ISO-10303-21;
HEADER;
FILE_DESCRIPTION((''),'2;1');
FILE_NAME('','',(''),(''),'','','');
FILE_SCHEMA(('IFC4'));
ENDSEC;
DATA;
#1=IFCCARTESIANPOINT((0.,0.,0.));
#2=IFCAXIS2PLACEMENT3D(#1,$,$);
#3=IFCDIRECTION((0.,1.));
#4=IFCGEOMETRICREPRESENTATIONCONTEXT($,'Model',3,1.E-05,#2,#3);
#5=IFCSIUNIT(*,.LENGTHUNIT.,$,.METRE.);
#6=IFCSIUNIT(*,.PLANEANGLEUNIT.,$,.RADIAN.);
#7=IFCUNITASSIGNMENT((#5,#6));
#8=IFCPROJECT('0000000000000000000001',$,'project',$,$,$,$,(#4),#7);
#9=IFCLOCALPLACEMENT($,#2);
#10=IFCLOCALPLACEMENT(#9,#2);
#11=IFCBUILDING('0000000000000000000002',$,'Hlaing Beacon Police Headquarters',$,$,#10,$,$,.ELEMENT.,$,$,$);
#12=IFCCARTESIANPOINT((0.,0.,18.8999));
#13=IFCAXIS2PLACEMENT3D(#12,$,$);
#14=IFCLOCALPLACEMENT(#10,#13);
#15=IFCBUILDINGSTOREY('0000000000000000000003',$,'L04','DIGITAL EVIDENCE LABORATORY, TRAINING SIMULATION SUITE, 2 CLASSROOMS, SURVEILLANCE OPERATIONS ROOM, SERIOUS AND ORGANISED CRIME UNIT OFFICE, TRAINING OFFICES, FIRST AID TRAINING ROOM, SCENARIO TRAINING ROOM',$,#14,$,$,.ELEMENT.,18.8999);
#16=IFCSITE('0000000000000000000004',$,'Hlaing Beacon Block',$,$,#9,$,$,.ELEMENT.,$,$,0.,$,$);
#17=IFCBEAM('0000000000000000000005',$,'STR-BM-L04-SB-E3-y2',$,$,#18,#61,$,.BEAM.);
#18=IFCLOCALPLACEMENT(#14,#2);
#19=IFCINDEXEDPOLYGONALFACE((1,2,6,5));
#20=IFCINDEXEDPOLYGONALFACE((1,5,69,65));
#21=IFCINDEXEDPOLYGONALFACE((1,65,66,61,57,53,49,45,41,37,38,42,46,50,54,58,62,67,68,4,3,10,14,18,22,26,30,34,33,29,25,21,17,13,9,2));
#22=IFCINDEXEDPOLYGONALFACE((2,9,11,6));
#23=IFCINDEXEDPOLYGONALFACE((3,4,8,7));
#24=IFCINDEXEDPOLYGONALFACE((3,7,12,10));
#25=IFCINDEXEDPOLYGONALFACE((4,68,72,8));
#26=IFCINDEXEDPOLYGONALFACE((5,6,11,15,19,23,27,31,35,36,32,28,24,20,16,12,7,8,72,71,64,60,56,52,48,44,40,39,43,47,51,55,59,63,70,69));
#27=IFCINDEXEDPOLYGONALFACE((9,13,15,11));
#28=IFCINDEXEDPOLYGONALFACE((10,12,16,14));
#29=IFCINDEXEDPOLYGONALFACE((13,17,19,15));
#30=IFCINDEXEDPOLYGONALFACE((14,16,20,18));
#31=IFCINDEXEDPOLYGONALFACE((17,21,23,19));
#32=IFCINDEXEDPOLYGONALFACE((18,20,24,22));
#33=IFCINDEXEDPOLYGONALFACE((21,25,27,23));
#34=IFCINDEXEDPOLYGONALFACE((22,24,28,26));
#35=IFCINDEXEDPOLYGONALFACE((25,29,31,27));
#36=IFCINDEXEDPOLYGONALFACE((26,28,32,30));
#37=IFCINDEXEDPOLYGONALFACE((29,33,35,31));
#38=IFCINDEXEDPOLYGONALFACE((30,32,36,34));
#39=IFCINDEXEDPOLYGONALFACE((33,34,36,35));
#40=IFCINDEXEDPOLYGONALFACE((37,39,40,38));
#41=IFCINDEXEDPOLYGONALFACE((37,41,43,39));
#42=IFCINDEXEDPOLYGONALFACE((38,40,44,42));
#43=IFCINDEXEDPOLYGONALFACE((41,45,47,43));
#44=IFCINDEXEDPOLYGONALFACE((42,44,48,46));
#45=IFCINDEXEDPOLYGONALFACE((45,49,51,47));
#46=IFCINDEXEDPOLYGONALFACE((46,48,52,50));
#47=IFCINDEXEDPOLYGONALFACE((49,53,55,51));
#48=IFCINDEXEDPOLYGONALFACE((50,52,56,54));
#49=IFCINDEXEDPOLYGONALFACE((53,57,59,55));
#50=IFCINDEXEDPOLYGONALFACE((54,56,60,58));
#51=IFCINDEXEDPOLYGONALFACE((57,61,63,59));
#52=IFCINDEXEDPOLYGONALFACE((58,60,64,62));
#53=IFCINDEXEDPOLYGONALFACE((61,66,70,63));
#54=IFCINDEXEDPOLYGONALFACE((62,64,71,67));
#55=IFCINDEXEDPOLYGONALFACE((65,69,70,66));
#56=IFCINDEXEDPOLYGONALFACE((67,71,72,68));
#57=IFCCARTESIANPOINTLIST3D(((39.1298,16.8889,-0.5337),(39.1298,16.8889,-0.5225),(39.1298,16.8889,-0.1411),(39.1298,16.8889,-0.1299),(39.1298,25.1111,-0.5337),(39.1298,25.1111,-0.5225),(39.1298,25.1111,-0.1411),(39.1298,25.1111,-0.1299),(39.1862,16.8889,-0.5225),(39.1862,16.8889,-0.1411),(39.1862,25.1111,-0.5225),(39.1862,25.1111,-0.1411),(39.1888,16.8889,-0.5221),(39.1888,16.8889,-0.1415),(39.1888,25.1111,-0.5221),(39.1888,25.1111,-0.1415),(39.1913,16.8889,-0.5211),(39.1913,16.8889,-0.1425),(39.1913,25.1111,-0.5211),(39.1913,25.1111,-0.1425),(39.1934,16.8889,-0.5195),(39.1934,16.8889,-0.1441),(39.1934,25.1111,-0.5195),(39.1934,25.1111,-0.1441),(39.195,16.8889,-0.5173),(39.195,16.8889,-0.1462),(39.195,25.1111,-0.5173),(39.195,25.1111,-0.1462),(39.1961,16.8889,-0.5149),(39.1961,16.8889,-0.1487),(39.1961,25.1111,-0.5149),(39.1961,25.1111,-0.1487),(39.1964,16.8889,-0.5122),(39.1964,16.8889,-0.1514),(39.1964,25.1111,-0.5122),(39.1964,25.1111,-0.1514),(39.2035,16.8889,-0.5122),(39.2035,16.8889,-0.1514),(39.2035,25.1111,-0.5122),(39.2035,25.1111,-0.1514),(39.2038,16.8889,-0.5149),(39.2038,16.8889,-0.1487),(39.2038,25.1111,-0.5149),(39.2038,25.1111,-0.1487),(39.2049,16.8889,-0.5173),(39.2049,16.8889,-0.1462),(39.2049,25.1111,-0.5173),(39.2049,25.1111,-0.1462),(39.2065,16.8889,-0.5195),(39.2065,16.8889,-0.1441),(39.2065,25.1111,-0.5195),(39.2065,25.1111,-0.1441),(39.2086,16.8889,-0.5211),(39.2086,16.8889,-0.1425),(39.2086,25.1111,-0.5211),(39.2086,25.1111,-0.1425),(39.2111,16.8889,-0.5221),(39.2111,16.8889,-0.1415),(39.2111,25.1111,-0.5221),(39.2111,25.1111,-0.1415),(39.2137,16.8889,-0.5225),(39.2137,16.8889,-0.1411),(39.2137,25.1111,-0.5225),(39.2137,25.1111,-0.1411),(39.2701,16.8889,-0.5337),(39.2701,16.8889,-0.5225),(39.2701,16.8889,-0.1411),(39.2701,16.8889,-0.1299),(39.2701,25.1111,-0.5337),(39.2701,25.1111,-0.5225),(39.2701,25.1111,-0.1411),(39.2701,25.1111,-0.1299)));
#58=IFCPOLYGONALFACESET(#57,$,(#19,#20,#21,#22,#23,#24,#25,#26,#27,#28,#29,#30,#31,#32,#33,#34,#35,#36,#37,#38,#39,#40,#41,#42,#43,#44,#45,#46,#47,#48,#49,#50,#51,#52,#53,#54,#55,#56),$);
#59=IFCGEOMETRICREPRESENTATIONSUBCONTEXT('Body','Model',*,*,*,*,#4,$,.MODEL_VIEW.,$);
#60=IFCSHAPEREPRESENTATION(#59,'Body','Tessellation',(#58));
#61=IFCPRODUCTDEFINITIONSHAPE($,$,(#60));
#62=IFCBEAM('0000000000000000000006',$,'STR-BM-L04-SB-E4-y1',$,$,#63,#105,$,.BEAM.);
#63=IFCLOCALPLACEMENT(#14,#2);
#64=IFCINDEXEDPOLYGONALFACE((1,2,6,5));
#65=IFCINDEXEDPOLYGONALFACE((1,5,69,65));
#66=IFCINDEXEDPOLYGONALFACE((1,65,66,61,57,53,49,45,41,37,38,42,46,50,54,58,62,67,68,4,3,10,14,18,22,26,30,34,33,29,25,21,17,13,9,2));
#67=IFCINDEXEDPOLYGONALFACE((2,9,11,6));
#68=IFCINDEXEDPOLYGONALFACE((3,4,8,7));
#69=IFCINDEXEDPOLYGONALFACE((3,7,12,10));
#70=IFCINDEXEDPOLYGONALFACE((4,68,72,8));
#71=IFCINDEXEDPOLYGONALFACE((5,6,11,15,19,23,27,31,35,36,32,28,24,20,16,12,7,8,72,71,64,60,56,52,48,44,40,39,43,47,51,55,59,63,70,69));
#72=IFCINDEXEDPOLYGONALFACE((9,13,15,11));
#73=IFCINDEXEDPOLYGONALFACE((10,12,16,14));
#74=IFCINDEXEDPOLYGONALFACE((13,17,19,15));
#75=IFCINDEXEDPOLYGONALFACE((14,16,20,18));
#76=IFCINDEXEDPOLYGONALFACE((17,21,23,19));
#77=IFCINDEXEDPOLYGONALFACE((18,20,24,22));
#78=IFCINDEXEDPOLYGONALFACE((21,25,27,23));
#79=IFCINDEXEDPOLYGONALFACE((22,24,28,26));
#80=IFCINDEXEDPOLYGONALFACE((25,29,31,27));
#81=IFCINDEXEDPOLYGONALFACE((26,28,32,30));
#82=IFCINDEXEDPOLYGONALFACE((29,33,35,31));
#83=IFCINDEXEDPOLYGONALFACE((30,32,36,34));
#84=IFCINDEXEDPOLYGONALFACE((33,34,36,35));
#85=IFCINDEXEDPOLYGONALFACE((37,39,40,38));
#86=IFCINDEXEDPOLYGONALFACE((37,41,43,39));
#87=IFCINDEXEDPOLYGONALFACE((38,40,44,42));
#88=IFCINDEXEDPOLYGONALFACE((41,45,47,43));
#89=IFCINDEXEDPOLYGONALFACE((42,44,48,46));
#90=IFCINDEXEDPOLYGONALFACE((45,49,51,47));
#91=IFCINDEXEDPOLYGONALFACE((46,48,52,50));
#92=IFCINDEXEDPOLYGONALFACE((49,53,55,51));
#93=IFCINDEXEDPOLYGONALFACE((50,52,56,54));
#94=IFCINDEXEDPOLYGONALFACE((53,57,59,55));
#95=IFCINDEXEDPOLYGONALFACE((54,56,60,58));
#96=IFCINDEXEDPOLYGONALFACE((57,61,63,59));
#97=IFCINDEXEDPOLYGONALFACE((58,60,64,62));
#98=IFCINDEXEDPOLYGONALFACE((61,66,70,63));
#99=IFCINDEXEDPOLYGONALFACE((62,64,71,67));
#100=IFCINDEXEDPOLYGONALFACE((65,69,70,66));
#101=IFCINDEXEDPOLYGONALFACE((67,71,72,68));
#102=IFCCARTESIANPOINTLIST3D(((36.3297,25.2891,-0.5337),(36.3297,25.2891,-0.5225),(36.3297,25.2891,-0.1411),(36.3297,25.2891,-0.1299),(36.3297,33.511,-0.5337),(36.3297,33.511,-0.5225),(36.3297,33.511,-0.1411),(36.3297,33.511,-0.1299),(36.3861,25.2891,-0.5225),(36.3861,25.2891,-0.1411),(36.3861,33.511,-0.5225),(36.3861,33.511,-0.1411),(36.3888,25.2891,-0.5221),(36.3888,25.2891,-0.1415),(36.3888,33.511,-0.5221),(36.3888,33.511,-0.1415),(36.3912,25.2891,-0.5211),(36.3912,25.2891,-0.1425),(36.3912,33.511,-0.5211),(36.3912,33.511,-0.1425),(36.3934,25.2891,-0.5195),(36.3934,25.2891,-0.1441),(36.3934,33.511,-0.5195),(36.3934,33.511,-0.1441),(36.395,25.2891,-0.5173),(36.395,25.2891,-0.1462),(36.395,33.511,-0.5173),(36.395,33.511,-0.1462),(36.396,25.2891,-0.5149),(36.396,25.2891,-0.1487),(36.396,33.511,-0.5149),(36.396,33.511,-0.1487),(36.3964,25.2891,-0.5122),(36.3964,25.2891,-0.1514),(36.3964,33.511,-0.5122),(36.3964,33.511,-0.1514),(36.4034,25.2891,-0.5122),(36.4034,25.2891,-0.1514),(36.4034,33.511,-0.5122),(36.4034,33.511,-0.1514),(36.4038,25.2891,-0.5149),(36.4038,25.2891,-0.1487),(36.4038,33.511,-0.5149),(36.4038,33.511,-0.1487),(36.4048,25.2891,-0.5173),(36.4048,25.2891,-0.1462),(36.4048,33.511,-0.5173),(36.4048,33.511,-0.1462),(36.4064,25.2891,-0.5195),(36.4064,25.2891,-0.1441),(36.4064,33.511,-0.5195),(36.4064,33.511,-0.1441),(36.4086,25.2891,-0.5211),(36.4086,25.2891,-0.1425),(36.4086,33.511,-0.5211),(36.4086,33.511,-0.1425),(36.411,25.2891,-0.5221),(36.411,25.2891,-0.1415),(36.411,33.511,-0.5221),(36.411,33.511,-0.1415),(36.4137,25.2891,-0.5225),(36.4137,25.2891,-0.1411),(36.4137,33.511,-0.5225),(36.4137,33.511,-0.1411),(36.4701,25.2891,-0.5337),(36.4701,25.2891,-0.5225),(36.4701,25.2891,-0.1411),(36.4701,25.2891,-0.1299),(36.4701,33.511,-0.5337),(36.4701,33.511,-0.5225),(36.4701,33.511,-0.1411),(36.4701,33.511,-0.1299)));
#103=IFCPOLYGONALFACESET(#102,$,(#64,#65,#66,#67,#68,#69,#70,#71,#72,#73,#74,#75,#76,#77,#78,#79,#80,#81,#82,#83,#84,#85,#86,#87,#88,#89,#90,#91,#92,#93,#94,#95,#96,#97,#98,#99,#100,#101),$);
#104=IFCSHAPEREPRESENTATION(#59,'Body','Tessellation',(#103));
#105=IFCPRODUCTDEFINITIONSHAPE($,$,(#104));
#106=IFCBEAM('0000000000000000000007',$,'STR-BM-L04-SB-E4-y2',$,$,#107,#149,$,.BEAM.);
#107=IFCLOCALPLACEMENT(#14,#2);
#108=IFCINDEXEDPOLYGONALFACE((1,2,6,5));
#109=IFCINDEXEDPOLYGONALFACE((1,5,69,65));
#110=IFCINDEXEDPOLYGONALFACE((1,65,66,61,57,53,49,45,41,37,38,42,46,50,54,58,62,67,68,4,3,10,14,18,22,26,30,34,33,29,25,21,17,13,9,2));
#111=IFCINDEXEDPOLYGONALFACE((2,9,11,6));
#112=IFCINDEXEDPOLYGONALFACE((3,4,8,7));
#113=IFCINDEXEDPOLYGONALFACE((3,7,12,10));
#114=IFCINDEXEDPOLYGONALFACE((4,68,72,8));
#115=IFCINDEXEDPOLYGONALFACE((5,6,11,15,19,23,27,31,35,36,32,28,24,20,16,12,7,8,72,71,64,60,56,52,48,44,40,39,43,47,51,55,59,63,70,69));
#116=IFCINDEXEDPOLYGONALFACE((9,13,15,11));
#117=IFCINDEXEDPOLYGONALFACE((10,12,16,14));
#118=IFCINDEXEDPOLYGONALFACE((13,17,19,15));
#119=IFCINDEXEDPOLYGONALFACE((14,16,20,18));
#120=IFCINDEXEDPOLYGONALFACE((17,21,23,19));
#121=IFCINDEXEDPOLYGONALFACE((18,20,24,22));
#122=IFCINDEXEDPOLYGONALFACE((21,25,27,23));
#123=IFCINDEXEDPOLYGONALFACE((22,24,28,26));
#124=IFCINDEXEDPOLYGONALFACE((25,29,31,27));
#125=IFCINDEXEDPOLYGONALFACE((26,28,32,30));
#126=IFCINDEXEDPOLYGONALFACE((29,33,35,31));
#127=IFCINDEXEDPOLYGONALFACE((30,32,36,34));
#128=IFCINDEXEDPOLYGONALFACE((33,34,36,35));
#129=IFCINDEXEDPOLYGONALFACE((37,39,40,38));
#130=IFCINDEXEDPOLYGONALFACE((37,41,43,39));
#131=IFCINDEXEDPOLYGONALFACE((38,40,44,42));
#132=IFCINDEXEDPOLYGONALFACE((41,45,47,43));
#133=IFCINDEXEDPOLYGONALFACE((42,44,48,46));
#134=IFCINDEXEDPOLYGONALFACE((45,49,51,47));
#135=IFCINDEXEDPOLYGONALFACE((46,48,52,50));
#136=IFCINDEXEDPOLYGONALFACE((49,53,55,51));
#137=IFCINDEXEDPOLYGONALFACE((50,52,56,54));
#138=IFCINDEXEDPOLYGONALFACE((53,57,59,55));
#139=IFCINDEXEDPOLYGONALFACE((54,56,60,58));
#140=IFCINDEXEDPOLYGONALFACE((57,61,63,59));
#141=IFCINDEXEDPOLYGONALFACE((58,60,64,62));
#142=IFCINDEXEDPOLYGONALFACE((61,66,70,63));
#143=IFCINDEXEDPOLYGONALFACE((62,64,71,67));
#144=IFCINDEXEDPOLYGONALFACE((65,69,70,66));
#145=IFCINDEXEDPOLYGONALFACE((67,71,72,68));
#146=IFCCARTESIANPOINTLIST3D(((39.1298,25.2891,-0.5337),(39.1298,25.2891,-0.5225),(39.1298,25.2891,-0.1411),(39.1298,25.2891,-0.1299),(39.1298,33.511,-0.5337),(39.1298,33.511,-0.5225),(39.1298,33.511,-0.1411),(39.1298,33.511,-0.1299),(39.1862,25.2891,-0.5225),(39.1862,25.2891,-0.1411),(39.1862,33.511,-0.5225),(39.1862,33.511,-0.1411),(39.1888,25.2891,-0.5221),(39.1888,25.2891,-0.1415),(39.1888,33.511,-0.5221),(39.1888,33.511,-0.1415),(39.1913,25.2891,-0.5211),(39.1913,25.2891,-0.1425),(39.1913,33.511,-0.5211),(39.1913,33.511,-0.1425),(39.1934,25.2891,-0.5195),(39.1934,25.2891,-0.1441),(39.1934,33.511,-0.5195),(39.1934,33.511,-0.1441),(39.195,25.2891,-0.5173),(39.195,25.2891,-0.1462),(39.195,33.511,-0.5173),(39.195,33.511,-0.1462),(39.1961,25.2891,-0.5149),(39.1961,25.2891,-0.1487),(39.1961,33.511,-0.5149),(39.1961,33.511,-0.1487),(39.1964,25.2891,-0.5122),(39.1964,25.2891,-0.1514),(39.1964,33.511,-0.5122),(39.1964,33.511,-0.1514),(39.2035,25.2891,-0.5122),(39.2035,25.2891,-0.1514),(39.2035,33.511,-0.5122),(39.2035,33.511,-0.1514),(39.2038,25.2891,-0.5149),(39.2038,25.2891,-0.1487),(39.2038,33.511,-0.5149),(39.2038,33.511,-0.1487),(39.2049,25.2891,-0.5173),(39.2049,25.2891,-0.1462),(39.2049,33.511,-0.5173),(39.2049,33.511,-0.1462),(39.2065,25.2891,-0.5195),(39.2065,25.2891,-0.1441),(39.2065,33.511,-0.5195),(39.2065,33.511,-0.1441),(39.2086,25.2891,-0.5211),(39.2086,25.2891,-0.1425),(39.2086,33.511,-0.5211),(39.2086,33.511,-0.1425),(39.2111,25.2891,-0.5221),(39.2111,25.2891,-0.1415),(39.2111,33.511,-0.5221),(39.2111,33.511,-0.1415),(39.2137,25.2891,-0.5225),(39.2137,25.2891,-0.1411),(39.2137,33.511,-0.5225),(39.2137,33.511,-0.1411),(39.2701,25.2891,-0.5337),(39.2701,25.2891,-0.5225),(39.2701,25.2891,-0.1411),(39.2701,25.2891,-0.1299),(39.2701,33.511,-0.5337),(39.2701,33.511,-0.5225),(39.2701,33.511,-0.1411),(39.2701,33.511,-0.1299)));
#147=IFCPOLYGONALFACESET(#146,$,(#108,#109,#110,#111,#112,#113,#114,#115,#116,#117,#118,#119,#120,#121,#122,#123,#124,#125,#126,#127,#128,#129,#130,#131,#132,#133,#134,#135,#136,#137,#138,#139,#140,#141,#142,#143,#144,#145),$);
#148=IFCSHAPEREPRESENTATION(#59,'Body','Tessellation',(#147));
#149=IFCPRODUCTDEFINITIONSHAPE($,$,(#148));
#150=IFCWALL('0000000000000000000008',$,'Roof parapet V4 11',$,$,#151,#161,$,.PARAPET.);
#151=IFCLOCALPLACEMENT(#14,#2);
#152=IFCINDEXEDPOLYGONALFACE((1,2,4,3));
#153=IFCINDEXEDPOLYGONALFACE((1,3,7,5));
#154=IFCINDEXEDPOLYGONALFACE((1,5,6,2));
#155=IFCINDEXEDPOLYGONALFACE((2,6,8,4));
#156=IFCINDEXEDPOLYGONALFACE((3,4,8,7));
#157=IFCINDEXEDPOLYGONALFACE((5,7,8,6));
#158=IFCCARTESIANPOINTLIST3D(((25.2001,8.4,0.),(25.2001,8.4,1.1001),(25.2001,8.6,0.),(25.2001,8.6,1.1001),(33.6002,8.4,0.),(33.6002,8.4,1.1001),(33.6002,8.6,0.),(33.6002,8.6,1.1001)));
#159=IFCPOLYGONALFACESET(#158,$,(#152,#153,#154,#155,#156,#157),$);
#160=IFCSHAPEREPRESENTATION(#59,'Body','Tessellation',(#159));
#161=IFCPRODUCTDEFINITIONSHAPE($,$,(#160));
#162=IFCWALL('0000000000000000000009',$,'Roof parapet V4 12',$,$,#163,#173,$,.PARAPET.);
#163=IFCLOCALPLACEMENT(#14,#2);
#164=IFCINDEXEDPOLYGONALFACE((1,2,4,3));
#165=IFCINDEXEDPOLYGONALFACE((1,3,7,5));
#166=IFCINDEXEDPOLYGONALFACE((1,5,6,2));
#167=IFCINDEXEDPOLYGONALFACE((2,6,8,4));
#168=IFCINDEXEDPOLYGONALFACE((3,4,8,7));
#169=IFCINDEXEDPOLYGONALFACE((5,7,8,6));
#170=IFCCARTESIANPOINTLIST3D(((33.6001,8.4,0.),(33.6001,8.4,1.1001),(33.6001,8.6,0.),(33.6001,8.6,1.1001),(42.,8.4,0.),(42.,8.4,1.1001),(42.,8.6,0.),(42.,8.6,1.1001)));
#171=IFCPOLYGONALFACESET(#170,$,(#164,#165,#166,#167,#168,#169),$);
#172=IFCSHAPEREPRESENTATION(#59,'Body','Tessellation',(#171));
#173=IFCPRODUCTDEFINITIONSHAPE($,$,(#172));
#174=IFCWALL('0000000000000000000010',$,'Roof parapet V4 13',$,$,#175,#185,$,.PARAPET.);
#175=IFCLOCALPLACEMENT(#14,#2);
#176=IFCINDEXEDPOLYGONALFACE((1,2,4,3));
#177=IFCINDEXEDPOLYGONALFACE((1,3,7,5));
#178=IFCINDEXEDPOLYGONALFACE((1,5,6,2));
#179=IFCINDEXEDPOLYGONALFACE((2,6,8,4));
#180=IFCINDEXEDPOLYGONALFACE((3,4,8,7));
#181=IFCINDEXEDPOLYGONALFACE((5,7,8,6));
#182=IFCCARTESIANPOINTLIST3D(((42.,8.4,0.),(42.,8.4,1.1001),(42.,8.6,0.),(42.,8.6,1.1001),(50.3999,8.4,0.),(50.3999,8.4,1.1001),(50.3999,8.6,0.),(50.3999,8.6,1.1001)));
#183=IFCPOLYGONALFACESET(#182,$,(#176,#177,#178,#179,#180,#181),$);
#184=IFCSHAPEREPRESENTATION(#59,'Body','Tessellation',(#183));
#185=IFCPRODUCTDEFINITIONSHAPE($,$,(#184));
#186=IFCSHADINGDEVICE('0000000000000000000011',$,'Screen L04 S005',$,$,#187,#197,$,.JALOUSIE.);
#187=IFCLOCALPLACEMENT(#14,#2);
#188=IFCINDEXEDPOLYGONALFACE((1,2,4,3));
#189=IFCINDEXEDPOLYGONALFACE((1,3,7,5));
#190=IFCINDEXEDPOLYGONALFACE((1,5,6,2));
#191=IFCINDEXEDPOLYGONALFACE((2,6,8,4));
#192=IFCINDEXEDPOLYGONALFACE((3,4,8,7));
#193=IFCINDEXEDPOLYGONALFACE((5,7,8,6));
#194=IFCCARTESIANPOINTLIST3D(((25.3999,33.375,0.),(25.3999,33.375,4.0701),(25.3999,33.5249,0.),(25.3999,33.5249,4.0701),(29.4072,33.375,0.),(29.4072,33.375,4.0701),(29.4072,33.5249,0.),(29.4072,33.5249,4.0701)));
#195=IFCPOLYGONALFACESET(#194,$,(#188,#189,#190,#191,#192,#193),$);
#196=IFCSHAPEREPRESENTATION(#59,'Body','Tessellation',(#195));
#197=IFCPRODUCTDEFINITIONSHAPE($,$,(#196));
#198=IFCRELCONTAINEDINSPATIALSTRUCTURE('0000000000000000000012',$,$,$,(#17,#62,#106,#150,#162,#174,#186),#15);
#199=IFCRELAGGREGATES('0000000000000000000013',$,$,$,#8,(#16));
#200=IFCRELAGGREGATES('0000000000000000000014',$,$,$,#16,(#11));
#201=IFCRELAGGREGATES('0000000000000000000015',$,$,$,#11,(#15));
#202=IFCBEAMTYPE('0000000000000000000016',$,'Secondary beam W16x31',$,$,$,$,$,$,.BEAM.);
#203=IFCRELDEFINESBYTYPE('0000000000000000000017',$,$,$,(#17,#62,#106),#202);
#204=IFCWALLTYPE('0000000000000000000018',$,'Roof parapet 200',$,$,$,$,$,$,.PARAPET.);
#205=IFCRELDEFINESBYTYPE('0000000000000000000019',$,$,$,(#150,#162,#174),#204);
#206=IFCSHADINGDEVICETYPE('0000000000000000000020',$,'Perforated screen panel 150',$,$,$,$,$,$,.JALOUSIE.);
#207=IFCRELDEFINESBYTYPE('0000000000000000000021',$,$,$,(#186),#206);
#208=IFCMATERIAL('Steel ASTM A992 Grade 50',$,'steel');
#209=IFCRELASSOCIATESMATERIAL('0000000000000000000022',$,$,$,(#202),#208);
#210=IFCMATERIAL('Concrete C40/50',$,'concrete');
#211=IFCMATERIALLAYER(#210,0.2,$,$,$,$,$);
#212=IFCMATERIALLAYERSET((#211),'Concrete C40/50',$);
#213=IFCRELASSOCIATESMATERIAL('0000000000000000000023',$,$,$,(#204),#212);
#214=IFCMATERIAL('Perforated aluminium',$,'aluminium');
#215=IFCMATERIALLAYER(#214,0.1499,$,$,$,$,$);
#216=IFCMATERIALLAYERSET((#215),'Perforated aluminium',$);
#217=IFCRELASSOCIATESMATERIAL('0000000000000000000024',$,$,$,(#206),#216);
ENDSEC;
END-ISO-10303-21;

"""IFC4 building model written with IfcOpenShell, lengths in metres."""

from ifc_helpers import new_model, si_unit, direction, frame, frame_2d, origin, origin_2d, place, context, subcontext, project, spatial, rectangle, i_section, extrude, material, layer, layer_set, material_profile, profile_set, type_object, element, save


model = new_model("IFC4")

# Units and contexts
model_context = context("Model", 3, precision=1e-05, world=origin(), true_north=direction((0.0, 1.0)))
body_context = subcontext(model_context, "Body", "Model", "MODEL_VIEW")
ifc_project = project(units=[si_unit("LENGTHUNIT", "METRE"), si_unit("PLANEANGLEUNIT", "RADIAN")], contexts=[model_context])

# Site, building, storey
site_placement = place(None, origin())
site = spatial("IfcSite", under=ifc_project, at=site_placement, Name="Hlaing Beacon Block", CompositionType="ELEMENT", RefElevation=0.0)
building_placement = place(site_placement, origin())
building = spatial("IfcBuilding", under=site, at=building_placement, Name="Hlaing Beacon Police Headquarters", CompositionType="ELEMENT")
storey_placement = place(building_placement, frame((0.0, 0.0, 18.8999)))
storey = spatial("IfcBuildingStorey", under=building, at=storey_placement, Name="L04", Description="DIGITAL EVIDENCE LABORATORY, TRAINING SIMULATION SUITE, 2 CLASSROOMS, SURVEILLANCE OPERATIONS ROOM, SERIOUS AND ORGANISED CRIME UNIT OFFICE, TRAINING OFFICES, FIRST AID TRAINING ROOM, SCENARIO TRAINING ROOM", CompositionType="ELEMENT", Elevation=18.8999)

# Beams
ifc_material_1 = material(Name="Steel ASTM A992 Grade 50", Category="steel")
ifc_material_profile_1 = material_profile(ifc_material_1, i_section(OverallWidth=0.1404, OverallDepth=0.4038, WebThickness=0.0071, FlangeThickness=0.0112, FilletRadius=0.0103, at=origin_2d()), Name="W16x31")
ifc_profile_set_1 = profile_set([ifc_material_profile_1], Name="Steel ASTM A992 Grade 50")
beam_type_1 = type_object("IfcBeamType", Name="Secondary beam W16x31", PredefinedType="BEAM", material=ifc_profile_set_1)
for number, where, z_axis, x_axis, name in (
    (1, (39.2, 16.8889, -0.3318), (0.0, 1.0, 0.0), (-1.0, 0.0, 0.0), "STR-BM-L04-SB-E3-y2"),
):
    element("IfcBeam", number, at=place(storey_placement, frame(where, z_axis=z_axis, x_axis=x_axis)), inside=storey, type_object=beam_type_1, Name=name, PredefinedType="BEAM", context=body_context, shape_type="SweptSolid", body=[
        extrude(i_section(OverallWidth=0.1404, OverallDepth=0.4038, WebThickness=0.0071, FlangeThickness=0.0112, FilletRadius=0.0103, at=origin_2d()), origin(), (0.0, 0.0, 1.0), 8.2222),
    ])
for number, where, z_axis, x_axis, name in (
    (2, (36.3999, 25.2891, -0.3318), (0.0, 1.0, 0.0), (-1.0, 0.0, 0.0), "STR-BM-L04-SB-E4-y1"),
    (3, (39.2, 25.2891, -0.3318), (0.0, 1.0, 0.0), (-1.0, 0.0, 0.0), "STR-BM-L04-SB-E4-y2"),
):
    element("IfcBeam", number, at=place(storey_placement, frame(where, z_axis=z_axis, x_axis=x_axis)), inside=storey, type_object=beam_type_1, Name=name, PredefinedType="BEAM", context=body_context, shape_type="SweptSolid", body=[
        extrude(i_section(OverallWidth=0.1404, OverallDepth=0.4038, WebThickness=0.0071, FlangeThickness=0.0112, FilletRadius=0.0103, at=origin_2d()), origin(), (0.0, 0.0, 1.0), 8.2219),
    ])

# Walls
ifc_material_2 = material(Name="Concrete C40/50", Category="concrete")
ifc_layer_1 = layer(ifc_material_2, 0.2)
ifc_layer_set_1 = layer_set([ifc_layer_1], Name="Concrete C40/50")
wall_type = type_object("IfcWallType", Name="Roof parapet 200", PredefinedType="PARAPET", material=ifc_layer_set_1)
wall_placement = place(storey_placement, frame((25.2, 8.5, 0.0), z_axis=(0.0, 0.0, 1.0), x_axis=(1.0, 0.0, 0.0)))
element("IfcWall", 4, at=wall_placement, inside=storey, type_object=wall_type, Name="Roof parapet V4 11", PredefinedType="PARAPET", context=body_context, shape_type="SweptSolid", body=[
    extrude(rectangle(XDim=8.4001, YDim=0.2, at=frame_2d((4.2002, 0.0))), origin(), (0.0, 0.0, 1.0), 1.1001),
])
for number, where, z_axis, x_axis, name in (
    (5, (33.6001, 8.5, 0.0), (0.0, 0.0, 1.0), (1.0, 0.0, 0.0), "Roof parapet V4 12"),
    (6, (42.0, 8.5, 0.0), (0.0, 0.0, 1.0), (1.0, 0.0, 0.0), "Roof parapet V4 13"),
):
    element("IfcWall", number, at=place(storey_placement, frame(where, z_axis=z_axis, x_axis=x_axis)), inside=storey, type_object=wall_type, Name=name, PredefinedType="PARAPET", context=body_context, shape_type="SweptSolid", body=[
        extrude(rectangle(XDim=8.3999, YDim=0.2, at=frame_2d((4.2, 0.0))), origin(), (0.0, 0.0, 1.0), 1.1001),
    ])

# Shading device
ifc_material_3 = material(Name="Perforated aluminium", Category="aluminium")
ifc_layer_2 = layer(ifc_material_3, 0.1499)
ifc_layer_set_2 = layer_set([ifc_layer_2], Name="Perforated aluminium")
shading_device_type = type_object("IfcShadingDeviceType", Name="Perforated screen panel 150", PredefinedType="JALOUSIE", material=ifc_layer_set_2)
for number, where, z_axis, x_axis, name in (
    (7, (27.4036, 33.45, 0.0), (0.0, 0.0, 1.0), (1.0, 0.0, 0.0), "Screen L04 S005"),
):
    element("IfcShadingDevice", number, at=place(storey_placement, frame(where, z_axis=z_axis, x_axis=x_axis)), inside=storey, type_object=shading_device_type, Name=name, PredefinedType="JALOUSIE", context=body_context, shape_type="SweptSolid", body=[
        extrude(rectangle(XDim=4.0073, YDim=0.1499, at=origin_2d()), origin(), (0.0, 0.0, 1.0), 4.0701),
    ])

save(model, "model.ifc")
